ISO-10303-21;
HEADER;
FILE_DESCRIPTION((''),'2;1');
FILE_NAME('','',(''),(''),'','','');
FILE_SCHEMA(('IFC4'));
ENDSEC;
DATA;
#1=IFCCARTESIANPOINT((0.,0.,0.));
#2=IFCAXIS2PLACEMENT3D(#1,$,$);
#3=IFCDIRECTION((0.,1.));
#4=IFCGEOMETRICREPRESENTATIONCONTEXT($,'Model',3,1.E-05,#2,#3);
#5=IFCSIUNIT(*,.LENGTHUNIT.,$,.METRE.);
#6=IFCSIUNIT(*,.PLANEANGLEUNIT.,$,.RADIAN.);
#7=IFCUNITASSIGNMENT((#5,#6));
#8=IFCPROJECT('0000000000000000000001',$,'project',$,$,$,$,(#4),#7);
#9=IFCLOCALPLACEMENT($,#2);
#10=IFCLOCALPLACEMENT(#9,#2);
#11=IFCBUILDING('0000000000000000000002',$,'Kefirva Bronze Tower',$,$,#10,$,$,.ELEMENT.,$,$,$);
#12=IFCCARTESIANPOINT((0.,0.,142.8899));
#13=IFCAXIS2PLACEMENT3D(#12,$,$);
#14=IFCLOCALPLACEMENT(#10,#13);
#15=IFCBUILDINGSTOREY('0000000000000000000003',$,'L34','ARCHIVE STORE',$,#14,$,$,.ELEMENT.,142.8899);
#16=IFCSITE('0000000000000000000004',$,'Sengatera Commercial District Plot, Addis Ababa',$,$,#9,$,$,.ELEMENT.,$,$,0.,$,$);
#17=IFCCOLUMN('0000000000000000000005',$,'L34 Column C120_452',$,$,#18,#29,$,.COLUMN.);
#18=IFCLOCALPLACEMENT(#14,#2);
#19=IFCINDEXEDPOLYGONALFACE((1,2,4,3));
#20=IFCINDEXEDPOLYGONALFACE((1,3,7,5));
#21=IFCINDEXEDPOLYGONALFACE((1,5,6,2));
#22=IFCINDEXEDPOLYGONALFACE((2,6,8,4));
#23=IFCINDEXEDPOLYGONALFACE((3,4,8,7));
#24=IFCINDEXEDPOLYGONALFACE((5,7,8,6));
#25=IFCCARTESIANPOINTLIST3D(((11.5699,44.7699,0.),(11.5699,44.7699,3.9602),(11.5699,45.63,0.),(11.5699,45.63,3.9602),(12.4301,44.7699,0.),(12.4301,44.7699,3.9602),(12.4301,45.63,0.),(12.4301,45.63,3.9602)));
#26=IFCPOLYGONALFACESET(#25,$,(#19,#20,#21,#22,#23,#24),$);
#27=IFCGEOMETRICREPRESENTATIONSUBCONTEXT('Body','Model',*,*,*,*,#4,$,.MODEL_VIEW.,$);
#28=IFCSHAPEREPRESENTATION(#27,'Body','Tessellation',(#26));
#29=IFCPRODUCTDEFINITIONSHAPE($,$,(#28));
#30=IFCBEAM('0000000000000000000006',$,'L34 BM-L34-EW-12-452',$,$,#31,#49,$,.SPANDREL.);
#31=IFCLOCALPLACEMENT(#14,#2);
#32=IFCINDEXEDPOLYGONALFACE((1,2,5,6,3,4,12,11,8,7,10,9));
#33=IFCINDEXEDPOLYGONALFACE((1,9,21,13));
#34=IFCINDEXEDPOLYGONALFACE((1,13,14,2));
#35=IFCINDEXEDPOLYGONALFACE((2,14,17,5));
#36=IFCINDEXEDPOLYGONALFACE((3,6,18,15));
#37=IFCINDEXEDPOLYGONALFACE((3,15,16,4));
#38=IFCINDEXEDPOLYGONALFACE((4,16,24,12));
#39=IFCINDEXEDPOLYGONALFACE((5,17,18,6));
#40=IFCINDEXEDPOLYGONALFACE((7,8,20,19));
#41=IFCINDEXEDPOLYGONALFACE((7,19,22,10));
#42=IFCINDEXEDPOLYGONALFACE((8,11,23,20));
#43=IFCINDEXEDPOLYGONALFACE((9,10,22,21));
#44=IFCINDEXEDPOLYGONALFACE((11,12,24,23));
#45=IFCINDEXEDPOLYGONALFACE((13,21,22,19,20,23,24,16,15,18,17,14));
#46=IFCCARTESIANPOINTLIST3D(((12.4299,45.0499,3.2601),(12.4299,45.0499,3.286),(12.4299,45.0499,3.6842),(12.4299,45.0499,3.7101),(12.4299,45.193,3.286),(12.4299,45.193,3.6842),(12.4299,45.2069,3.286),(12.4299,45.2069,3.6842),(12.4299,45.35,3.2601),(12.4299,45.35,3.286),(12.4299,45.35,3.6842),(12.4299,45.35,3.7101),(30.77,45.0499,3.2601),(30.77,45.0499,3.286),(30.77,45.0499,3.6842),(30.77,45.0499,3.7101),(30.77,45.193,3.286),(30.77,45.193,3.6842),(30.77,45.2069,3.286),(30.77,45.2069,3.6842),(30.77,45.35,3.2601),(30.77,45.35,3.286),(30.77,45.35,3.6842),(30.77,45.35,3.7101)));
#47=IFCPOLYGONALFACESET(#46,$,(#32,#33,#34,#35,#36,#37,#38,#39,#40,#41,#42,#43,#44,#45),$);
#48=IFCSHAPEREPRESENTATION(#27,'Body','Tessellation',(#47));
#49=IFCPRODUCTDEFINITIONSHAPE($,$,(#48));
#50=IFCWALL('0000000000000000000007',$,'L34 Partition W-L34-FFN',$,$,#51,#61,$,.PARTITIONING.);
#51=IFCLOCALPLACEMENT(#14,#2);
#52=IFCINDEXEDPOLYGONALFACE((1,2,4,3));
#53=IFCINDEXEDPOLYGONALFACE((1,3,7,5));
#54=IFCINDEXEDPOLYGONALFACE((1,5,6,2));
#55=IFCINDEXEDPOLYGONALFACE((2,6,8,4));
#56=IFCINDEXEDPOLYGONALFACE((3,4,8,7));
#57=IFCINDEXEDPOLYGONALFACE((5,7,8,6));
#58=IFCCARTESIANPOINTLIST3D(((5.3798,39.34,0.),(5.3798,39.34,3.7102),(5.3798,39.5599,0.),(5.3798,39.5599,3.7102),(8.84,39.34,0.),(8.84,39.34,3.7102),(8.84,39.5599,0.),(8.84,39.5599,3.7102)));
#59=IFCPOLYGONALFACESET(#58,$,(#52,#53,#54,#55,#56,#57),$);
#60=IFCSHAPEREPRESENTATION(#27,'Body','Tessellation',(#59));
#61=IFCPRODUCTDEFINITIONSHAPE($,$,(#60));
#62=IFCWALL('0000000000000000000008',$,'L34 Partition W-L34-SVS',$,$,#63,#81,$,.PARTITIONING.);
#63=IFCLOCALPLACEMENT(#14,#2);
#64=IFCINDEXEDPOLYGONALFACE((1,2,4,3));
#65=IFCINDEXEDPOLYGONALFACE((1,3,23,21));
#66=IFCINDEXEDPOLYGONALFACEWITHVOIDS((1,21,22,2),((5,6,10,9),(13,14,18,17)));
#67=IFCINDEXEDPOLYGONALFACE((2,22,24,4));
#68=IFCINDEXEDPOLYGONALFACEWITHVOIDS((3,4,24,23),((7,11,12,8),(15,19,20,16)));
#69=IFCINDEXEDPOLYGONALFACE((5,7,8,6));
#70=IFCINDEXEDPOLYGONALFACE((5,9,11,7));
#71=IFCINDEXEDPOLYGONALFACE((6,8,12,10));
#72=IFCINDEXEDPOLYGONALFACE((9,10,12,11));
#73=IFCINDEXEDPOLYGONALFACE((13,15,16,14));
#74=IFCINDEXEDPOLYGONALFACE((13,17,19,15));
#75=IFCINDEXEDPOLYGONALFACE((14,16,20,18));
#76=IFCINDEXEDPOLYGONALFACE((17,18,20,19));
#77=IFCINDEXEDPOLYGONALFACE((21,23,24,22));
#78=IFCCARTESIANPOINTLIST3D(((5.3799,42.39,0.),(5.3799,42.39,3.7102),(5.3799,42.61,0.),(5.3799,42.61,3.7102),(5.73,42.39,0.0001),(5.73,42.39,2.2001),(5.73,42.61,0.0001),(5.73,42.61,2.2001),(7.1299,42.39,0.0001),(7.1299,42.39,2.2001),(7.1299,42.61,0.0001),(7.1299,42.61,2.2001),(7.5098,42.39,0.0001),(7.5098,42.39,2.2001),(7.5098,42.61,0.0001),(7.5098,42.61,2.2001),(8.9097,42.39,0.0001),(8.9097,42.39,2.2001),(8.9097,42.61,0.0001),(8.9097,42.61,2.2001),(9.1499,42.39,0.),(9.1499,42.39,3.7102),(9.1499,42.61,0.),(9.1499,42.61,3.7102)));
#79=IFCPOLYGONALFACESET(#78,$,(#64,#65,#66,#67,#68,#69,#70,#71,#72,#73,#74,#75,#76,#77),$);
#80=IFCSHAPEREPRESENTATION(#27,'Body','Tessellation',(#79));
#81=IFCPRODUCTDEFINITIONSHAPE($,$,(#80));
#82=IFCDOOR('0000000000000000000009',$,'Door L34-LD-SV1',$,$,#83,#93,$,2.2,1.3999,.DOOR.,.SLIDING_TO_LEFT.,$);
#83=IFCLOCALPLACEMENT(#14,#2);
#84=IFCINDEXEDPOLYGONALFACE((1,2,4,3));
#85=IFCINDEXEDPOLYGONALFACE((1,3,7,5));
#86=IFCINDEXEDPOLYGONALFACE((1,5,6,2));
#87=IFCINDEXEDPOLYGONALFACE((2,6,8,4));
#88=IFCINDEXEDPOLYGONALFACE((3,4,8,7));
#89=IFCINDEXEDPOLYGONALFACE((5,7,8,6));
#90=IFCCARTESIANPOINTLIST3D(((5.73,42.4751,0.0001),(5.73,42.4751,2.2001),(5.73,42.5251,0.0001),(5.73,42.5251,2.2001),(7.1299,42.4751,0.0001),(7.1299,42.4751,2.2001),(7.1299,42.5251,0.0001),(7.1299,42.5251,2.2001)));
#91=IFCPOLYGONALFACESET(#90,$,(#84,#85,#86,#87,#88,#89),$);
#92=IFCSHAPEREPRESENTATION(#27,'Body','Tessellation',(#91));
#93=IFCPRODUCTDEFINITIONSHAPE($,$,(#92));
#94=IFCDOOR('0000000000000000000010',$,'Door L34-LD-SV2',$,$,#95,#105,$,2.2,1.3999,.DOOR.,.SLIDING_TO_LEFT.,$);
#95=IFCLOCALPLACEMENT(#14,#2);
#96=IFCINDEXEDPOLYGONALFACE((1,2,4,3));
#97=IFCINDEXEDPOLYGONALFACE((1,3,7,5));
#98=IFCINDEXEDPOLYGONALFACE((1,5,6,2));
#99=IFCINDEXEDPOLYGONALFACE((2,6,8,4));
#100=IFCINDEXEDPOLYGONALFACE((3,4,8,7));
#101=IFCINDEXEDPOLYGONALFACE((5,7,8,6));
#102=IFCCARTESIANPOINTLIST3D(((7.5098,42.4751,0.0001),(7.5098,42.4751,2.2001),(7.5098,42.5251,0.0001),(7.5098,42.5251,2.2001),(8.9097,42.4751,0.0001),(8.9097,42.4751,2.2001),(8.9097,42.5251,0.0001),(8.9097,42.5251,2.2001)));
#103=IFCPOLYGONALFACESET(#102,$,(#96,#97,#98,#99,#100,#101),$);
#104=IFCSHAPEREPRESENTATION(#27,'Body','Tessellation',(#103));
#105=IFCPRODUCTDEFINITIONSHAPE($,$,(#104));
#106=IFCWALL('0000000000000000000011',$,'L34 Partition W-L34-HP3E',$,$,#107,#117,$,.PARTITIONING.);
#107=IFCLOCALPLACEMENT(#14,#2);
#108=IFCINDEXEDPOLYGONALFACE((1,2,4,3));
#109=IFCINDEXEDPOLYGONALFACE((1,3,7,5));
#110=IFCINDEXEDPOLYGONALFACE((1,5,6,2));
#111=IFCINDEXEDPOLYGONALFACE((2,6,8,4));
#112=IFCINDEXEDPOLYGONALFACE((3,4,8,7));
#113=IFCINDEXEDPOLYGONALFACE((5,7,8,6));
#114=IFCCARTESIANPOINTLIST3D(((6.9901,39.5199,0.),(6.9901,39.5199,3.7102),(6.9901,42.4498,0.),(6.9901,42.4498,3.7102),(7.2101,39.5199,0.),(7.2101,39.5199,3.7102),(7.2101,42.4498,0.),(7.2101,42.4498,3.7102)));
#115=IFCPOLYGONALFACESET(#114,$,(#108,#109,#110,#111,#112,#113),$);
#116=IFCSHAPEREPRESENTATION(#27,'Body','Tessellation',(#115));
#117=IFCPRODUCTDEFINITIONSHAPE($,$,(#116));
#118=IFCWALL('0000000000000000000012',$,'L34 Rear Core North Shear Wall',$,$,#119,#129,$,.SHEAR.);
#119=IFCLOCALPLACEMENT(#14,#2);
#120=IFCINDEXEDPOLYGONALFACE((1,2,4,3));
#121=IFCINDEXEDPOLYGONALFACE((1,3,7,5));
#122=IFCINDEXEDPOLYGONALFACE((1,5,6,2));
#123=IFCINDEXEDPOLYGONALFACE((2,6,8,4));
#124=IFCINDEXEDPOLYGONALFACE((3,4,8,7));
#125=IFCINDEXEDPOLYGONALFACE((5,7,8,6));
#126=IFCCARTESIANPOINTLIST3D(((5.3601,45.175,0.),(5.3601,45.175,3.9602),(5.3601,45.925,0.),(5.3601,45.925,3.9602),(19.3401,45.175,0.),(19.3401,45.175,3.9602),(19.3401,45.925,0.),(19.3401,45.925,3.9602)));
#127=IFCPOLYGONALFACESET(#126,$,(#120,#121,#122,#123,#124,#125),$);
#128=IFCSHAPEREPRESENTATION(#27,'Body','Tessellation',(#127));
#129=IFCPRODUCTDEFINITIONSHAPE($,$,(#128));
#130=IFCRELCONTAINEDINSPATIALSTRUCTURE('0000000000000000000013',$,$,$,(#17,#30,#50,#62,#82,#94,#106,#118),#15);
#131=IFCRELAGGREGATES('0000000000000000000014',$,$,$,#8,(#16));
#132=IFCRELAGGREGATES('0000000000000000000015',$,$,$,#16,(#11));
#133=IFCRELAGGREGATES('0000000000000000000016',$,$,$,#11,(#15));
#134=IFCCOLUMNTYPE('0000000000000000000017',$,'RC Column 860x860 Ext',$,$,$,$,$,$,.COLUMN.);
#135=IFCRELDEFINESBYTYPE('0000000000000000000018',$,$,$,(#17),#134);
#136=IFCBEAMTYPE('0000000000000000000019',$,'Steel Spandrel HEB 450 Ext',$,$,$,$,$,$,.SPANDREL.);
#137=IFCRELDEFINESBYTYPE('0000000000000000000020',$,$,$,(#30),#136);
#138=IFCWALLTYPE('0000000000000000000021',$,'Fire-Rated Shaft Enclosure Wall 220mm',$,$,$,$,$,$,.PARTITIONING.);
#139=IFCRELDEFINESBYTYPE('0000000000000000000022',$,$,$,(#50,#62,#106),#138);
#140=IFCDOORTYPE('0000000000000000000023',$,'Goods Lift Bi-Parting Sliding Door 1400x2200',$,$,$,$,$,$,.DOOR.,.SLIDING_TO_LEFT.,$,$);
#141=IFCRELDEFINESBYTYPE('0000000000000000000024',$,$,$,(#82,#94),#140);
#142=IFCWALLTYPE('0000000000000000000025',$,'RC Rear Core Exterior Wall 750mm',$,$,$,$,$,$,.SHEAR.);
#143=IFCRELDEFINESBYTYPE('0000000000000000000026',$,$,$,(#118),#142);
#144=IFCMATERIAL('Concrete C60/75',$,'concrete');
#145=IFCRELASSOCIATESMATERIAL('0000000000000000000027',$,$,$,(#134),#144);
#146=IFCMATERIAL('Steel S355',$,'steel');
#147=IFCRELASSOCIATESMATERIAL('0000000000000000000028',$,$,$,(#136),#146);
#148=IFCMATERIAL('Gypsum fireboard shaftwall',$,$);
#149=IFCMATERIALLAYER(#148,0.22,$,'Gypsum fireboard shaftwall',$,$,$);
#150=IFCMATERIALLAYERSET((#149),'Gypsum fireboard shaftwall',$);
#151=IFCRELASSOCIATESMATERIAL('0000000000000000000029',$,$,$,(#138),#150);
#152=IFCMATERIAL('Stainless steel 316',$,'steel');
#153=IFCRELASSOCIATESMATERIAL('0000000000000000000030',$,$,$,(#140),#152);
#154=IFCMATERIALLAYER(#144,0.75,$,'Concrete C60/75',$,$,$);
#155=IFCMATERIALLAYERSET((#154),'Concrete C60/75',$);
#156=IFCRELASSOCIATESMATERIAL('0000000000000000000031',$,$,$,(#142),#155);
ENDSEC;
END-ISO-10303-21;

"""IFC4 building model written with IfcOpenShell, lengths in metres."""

from ifc_helpers import new_model, si_unit, direction, frame, frame_2d, origin, origin_2d, place, context, subcontext, project, spatial, rectangle, i_section, extrude, material, layer, layer_set, material_profile, profile_set, type_object, element, fill, save


model = new_model("IFC4")

# Units and contexts
model_context = context("Model", 3, precision=1e-05, world=origin(), true_north=direction((0.0, 1.0)))
body_context = subcontext(model_context, "Body", "Model", "MODEL_VIEW")
ifc_project = project(units=[si_unit("LENGTHUNIT", "METRE"), si_unit("PLANEANGLEUNIT", "RADIAN")], contexts=[model_context])

# Site, building, storey
site_placement = place(None, origin())
site = spatial("IfcSite", under=ifc_project, at=site_placement, Name="Sengatera Commercial District Plot, Addis Ababa", CompositionType="ELEMENT", RefElevation=0.0)
building_placement = place(site_placement, origin())
building = spatial("IfcBuilding", under=site, at=building_placement, Name="Kefirva Bronze Tower", CompositionType="ELEMENT")
storey_placement = place(building_placement, frame((0.0, 0.0, 142.8899)))
storey = spatial("IfcBuildingStorey", under=building, at=storey_placement, Name="L34", Description="ARCHIVE STORE", CompositionType="ELEMENT", Elevation=142.8899)

# Column
ifc_material_1 = material(Name="Concrete C60/75", Category="concrete")
ifc_material_profile_1 = material_profile(ifc_material_1, rectangle(XDim=0.8601, YDim=0.8601, at=origin_2d()), Name="RC 860x860")
ifc_profile_set_1 = profile_set([ifc_material_profile_1], Name="Concrete C60/75")
column_type = type_object("IfcColumnType", Name="RC Column 860x860 Ext", PredefinedType="COLUMN", material=ifc_profile_set_1)
column_placement = place(storey_placement, frame((12.0, 45.2, 0.0), z_axis=(0.0, 0.0, 1.0), x_axis=(1.0, 0.0, 0.0)))
element("IfcColumn", 1, at=column_placement, inside=storey, type_object=column_type, Name="L34 Column C120_452", PredefinedType="COLUMN", context=body_context, shape_type="SweptSolid", body=[
    extrude(rectangle(XDim=0.8601, YDim=0.8601, at=origin_2d()), origin(), (0.0, 0.0, 1.0), 3.9602),
])

# Beam
ifc_material_2 = material(Name="Steel S355", Category="steel")
ifc_material_profile_2 = material_profile(ifc_material_2, i_section(OverallWidth=0.3, OverallDepth=0.45, WebThickness=0.0139, FlangeThickness=0.0259, at=origin_2d()), Name="HEB 450")
ifc_profile_set_2 = profile_set([ifc_material_profile_2], Name="Steel S355")
beam_type = type_object("IfcBeamType", Name="Steel Spandrel HEB 450 Ext", PredefinedType="SPANDREL", material=ifc_profile_set_2)
beam_placement = place(storey_placement, frame((12.4299, 45.2, 3.4851), z_axis=(1.0, 0.0, 0.0), x_axis=(0.0, 1.0, 0.0)))
element("IfcBeam", 2, at=beam_placement, inside=storey, type_object=beam_type, Name="L34 BM-L34-EW-12-452", PredefinedType="SPANDREL", context=body_context, shape_type="SweptSolid", body=[
    extrude(i_section(OverallWidth=0.3, OverallDepth=0.45, WebThickness=0.0139, FlangeThickness=0.0259, at=origin_2d()), origin(), (0.0, 0.0, 1.0), 18.3401),
])

# Wall
ifc_material_3 = material(Name="Gypsum fireboard shaftwall")
ifc_layer_1 = layer(ifc_material_3, 0.22, Name="Gypsum fireboard shaftwall")
ifc_layer_set_1 = layer_set([ifc_layer_1], Name="Gypsum fireboard shaftwall")
wall_type_1 = type_object("IfcWallType", Name="Fire-Rated Shaft Enclosure Wall 220mm", PredefinedType="PARTITIONING", material=ifc_layer_set_1)
wall_1_placement = place(storey_placement, frame((5.3799, 39.45, 0.0), z_axis=(0.0, 0.0, 1.0), x_axis=(1.0, 0.0, 0.0)))
element("IfcWall", 3, at=wall_1_placement, inside=storey, type_object=wall_type_1, Name="L34 Partition W-L34-FFN", PredefinedType="PARTITIONING", context=body_context, shape_type="SweptSolid", body=[
    extrude(rectangle(XDim=3.4602, YDim=0.22, at=frame_2d((1.73, 0.0))), origin(), (0.0, 0.0, 1.0), 3.7102),
])

# Wall, openings, doors
wall_2_placement = place(storey_placement, frame((5.3799, 42.5, 0.0), z_axis=(0.0, 0.0, 1.0), x_axis=(1.0, 0.0, 0.0)))
wall_2 = element("IfcWall", 4, at=wall_2_placement, inside=storey, type_object=wall_type_1, Name="L34 Partition W-L34-SVS", PredefinedType="PARTITIONING", context=body_context, shape_type="SweptSolid", body=[
    extrude(rectangle(XDim=3.77, YDim=0.22, at=frame_2d((1.885, 0.0))), origin(), (0.0, 0.0, 1.0), 3.7102),
])
opening_1_placement = place(wall_2_placement, frame((1.75, 0.0, 0.0), z_axis=(0.0, 0.0, 1.0), x_axis=(-1.0, 0.0, 0.0)))
opening_1 = element("IfcOpeningElement", 5, at=opening_1_placement, cuts=wall_2, PredefinedType="OPENING", context=body_context, shape_type="SweptSolid", body=[
    extrude(rectangle(XDim=1.3999, YDim=2.2, at=frame_2d((0.7, 1.1001))), frame((0.0, 0.1201, 0.0), z_axis=(0.0, -1.0, 0.0), x_axis=(1.0, 0.0, 0.0)), (0.0, 0.0, 1.0), 0.24),
])
opening_2_placement = place(wall_2_placement, frame((3.5298, 0.0, 0.0), z_axis=(0.0, 0.0, 1.0), x_axis=(-1.0, 0.0, 0.0)))
opening_2 = element("IfcOpeningElement", 6, at=opening_2_placement, cuts=wall_2, PredefinedType="OPENING", context=body_context, shape_type="SweptSolid", body=[
    extrude(rectangle(XDim=1.3999, YDim=2.2, at=frame_2d((0.7, 1.1001))), frame((0.0, 0.1201, 0.0), z_axis=(0.0, -1.0, 0.0), x_axis=(1.0, 0.0, 0.0)), (0.0, 0.0, 1.0), 0.24),
])
ifc_material_4 = material(Name="Stainless steel 316", Category="steel")
door_type_1 = type_object("IfcDoorType", Name="Goods Lift Bi-Parting Sliding Door 1400x2200", OperationType="SLIDING_TO_LEFT", PredefinedType="DOOR", material=ifc_material_4)
door_1_placement = place(opening_1_placement, origin())
door_1 = element("IfcDoor", 7, at=door_1_placement, inside=storey, type_object=door_type_1, Name="Door L34-LD-SV1", OperationType="SLIDING_TO_LEFT", OverallHeight=2.2, OverallWidth=1.3999, PredefinedType="DOOR", context=body_context, shape_type="SweptSolid", body=[
    extrude(rectangle(XDim=1.3999, YDim=2.2, at=frame_2d((0.7, 1.1001))), frame((0.0, 0.0249, 0.0), z_axis=(0.0, -1.0, 0.0), x_axis=(1.0, 0.0, 0.0)), (0.0, 0.0, 1.0), 0.05),
])
fill(opening_1, door_1)
door_2_placement = place(opening_2_placement, origin())
door_2 = element("IfcDoor", 8, at=door_2_placement, inside=storey, type_object=door_type_1, Name="Door L34-LD-SV2", OperationType="SLIDING_TO_LEFT", OverallHeight=2.2, OverallWidth=1.3999, PredefinedType="DOOR", context=body_context, shape_type="SweptSolid", body=[
    extrude(rectangle(XDim=1.3999, YDim=2.2, at=frame_2d((0.7, 1.1001))), frame((0.0, 0.0249, 0.0), z_axis=(0.0, -1.0, 0.0), x_axis=(1.0, 0.0, 0.0)), (0.0, 0.0, 1.0), 0.05),
])
fill(opening_2, door_2)

# Walls
wall_3_placement = place(storey_placement, frame((7.1001, 39.52, 0.0), z_axis=(0.0, 0.0, 1.0), x_axis=(0.0, 1.0, 0.0)))
element("IfcWall", 9, at=wall_3_placement, inside=storey, type_object=wall_type_1, Name="L34 Partition W-L34-HP3E", PredefinedType="PARTITIONING", context=body_context, shape_type="SweptSolid", body=[
    extrude(rectangle(XDim=2.9299, YDim=0.22, at=frame_2d((1.4648, 0.0))), origin(), (0.0, 0.0, 1.0), 3.7102),
])
ifc_layer_2 = layer(ifc_material_1, 0.75, Name="Concrete C60/75")
ifc_layer_set_2 = layer_set([ifc_layer_2], Name="Concrete C60/75")
wall_type_2 = type_object("IfcWallType", Name="RC Rear Core Exterior Wall 750mm", PredefinedType="SHEAR", material=ifc_layer_set_2)
wall_4_placement = place(storey_placement, frame((5.3601, 45.55, 0.0), z_axis=(0.0, 0.0, 1.0), x_axis=(1.0, 0.0, 0.0)))
element("IfcWall", 10, at=wall_4_placement, inside=storey, type_object=wall_type_2, Name="L34 Rear Core North Shear Wall", PredefinedType="SHEAR", context=body_context, shape_type="SweptSolid", body=[
    extrude(rectangle(XDim=13.98, YDim=0.75, at=frame_2d((6.99, 0.0))), origin(), (0.0, 0.0, 1.0), 3.9602),
])

save(model, "model.ifc")
